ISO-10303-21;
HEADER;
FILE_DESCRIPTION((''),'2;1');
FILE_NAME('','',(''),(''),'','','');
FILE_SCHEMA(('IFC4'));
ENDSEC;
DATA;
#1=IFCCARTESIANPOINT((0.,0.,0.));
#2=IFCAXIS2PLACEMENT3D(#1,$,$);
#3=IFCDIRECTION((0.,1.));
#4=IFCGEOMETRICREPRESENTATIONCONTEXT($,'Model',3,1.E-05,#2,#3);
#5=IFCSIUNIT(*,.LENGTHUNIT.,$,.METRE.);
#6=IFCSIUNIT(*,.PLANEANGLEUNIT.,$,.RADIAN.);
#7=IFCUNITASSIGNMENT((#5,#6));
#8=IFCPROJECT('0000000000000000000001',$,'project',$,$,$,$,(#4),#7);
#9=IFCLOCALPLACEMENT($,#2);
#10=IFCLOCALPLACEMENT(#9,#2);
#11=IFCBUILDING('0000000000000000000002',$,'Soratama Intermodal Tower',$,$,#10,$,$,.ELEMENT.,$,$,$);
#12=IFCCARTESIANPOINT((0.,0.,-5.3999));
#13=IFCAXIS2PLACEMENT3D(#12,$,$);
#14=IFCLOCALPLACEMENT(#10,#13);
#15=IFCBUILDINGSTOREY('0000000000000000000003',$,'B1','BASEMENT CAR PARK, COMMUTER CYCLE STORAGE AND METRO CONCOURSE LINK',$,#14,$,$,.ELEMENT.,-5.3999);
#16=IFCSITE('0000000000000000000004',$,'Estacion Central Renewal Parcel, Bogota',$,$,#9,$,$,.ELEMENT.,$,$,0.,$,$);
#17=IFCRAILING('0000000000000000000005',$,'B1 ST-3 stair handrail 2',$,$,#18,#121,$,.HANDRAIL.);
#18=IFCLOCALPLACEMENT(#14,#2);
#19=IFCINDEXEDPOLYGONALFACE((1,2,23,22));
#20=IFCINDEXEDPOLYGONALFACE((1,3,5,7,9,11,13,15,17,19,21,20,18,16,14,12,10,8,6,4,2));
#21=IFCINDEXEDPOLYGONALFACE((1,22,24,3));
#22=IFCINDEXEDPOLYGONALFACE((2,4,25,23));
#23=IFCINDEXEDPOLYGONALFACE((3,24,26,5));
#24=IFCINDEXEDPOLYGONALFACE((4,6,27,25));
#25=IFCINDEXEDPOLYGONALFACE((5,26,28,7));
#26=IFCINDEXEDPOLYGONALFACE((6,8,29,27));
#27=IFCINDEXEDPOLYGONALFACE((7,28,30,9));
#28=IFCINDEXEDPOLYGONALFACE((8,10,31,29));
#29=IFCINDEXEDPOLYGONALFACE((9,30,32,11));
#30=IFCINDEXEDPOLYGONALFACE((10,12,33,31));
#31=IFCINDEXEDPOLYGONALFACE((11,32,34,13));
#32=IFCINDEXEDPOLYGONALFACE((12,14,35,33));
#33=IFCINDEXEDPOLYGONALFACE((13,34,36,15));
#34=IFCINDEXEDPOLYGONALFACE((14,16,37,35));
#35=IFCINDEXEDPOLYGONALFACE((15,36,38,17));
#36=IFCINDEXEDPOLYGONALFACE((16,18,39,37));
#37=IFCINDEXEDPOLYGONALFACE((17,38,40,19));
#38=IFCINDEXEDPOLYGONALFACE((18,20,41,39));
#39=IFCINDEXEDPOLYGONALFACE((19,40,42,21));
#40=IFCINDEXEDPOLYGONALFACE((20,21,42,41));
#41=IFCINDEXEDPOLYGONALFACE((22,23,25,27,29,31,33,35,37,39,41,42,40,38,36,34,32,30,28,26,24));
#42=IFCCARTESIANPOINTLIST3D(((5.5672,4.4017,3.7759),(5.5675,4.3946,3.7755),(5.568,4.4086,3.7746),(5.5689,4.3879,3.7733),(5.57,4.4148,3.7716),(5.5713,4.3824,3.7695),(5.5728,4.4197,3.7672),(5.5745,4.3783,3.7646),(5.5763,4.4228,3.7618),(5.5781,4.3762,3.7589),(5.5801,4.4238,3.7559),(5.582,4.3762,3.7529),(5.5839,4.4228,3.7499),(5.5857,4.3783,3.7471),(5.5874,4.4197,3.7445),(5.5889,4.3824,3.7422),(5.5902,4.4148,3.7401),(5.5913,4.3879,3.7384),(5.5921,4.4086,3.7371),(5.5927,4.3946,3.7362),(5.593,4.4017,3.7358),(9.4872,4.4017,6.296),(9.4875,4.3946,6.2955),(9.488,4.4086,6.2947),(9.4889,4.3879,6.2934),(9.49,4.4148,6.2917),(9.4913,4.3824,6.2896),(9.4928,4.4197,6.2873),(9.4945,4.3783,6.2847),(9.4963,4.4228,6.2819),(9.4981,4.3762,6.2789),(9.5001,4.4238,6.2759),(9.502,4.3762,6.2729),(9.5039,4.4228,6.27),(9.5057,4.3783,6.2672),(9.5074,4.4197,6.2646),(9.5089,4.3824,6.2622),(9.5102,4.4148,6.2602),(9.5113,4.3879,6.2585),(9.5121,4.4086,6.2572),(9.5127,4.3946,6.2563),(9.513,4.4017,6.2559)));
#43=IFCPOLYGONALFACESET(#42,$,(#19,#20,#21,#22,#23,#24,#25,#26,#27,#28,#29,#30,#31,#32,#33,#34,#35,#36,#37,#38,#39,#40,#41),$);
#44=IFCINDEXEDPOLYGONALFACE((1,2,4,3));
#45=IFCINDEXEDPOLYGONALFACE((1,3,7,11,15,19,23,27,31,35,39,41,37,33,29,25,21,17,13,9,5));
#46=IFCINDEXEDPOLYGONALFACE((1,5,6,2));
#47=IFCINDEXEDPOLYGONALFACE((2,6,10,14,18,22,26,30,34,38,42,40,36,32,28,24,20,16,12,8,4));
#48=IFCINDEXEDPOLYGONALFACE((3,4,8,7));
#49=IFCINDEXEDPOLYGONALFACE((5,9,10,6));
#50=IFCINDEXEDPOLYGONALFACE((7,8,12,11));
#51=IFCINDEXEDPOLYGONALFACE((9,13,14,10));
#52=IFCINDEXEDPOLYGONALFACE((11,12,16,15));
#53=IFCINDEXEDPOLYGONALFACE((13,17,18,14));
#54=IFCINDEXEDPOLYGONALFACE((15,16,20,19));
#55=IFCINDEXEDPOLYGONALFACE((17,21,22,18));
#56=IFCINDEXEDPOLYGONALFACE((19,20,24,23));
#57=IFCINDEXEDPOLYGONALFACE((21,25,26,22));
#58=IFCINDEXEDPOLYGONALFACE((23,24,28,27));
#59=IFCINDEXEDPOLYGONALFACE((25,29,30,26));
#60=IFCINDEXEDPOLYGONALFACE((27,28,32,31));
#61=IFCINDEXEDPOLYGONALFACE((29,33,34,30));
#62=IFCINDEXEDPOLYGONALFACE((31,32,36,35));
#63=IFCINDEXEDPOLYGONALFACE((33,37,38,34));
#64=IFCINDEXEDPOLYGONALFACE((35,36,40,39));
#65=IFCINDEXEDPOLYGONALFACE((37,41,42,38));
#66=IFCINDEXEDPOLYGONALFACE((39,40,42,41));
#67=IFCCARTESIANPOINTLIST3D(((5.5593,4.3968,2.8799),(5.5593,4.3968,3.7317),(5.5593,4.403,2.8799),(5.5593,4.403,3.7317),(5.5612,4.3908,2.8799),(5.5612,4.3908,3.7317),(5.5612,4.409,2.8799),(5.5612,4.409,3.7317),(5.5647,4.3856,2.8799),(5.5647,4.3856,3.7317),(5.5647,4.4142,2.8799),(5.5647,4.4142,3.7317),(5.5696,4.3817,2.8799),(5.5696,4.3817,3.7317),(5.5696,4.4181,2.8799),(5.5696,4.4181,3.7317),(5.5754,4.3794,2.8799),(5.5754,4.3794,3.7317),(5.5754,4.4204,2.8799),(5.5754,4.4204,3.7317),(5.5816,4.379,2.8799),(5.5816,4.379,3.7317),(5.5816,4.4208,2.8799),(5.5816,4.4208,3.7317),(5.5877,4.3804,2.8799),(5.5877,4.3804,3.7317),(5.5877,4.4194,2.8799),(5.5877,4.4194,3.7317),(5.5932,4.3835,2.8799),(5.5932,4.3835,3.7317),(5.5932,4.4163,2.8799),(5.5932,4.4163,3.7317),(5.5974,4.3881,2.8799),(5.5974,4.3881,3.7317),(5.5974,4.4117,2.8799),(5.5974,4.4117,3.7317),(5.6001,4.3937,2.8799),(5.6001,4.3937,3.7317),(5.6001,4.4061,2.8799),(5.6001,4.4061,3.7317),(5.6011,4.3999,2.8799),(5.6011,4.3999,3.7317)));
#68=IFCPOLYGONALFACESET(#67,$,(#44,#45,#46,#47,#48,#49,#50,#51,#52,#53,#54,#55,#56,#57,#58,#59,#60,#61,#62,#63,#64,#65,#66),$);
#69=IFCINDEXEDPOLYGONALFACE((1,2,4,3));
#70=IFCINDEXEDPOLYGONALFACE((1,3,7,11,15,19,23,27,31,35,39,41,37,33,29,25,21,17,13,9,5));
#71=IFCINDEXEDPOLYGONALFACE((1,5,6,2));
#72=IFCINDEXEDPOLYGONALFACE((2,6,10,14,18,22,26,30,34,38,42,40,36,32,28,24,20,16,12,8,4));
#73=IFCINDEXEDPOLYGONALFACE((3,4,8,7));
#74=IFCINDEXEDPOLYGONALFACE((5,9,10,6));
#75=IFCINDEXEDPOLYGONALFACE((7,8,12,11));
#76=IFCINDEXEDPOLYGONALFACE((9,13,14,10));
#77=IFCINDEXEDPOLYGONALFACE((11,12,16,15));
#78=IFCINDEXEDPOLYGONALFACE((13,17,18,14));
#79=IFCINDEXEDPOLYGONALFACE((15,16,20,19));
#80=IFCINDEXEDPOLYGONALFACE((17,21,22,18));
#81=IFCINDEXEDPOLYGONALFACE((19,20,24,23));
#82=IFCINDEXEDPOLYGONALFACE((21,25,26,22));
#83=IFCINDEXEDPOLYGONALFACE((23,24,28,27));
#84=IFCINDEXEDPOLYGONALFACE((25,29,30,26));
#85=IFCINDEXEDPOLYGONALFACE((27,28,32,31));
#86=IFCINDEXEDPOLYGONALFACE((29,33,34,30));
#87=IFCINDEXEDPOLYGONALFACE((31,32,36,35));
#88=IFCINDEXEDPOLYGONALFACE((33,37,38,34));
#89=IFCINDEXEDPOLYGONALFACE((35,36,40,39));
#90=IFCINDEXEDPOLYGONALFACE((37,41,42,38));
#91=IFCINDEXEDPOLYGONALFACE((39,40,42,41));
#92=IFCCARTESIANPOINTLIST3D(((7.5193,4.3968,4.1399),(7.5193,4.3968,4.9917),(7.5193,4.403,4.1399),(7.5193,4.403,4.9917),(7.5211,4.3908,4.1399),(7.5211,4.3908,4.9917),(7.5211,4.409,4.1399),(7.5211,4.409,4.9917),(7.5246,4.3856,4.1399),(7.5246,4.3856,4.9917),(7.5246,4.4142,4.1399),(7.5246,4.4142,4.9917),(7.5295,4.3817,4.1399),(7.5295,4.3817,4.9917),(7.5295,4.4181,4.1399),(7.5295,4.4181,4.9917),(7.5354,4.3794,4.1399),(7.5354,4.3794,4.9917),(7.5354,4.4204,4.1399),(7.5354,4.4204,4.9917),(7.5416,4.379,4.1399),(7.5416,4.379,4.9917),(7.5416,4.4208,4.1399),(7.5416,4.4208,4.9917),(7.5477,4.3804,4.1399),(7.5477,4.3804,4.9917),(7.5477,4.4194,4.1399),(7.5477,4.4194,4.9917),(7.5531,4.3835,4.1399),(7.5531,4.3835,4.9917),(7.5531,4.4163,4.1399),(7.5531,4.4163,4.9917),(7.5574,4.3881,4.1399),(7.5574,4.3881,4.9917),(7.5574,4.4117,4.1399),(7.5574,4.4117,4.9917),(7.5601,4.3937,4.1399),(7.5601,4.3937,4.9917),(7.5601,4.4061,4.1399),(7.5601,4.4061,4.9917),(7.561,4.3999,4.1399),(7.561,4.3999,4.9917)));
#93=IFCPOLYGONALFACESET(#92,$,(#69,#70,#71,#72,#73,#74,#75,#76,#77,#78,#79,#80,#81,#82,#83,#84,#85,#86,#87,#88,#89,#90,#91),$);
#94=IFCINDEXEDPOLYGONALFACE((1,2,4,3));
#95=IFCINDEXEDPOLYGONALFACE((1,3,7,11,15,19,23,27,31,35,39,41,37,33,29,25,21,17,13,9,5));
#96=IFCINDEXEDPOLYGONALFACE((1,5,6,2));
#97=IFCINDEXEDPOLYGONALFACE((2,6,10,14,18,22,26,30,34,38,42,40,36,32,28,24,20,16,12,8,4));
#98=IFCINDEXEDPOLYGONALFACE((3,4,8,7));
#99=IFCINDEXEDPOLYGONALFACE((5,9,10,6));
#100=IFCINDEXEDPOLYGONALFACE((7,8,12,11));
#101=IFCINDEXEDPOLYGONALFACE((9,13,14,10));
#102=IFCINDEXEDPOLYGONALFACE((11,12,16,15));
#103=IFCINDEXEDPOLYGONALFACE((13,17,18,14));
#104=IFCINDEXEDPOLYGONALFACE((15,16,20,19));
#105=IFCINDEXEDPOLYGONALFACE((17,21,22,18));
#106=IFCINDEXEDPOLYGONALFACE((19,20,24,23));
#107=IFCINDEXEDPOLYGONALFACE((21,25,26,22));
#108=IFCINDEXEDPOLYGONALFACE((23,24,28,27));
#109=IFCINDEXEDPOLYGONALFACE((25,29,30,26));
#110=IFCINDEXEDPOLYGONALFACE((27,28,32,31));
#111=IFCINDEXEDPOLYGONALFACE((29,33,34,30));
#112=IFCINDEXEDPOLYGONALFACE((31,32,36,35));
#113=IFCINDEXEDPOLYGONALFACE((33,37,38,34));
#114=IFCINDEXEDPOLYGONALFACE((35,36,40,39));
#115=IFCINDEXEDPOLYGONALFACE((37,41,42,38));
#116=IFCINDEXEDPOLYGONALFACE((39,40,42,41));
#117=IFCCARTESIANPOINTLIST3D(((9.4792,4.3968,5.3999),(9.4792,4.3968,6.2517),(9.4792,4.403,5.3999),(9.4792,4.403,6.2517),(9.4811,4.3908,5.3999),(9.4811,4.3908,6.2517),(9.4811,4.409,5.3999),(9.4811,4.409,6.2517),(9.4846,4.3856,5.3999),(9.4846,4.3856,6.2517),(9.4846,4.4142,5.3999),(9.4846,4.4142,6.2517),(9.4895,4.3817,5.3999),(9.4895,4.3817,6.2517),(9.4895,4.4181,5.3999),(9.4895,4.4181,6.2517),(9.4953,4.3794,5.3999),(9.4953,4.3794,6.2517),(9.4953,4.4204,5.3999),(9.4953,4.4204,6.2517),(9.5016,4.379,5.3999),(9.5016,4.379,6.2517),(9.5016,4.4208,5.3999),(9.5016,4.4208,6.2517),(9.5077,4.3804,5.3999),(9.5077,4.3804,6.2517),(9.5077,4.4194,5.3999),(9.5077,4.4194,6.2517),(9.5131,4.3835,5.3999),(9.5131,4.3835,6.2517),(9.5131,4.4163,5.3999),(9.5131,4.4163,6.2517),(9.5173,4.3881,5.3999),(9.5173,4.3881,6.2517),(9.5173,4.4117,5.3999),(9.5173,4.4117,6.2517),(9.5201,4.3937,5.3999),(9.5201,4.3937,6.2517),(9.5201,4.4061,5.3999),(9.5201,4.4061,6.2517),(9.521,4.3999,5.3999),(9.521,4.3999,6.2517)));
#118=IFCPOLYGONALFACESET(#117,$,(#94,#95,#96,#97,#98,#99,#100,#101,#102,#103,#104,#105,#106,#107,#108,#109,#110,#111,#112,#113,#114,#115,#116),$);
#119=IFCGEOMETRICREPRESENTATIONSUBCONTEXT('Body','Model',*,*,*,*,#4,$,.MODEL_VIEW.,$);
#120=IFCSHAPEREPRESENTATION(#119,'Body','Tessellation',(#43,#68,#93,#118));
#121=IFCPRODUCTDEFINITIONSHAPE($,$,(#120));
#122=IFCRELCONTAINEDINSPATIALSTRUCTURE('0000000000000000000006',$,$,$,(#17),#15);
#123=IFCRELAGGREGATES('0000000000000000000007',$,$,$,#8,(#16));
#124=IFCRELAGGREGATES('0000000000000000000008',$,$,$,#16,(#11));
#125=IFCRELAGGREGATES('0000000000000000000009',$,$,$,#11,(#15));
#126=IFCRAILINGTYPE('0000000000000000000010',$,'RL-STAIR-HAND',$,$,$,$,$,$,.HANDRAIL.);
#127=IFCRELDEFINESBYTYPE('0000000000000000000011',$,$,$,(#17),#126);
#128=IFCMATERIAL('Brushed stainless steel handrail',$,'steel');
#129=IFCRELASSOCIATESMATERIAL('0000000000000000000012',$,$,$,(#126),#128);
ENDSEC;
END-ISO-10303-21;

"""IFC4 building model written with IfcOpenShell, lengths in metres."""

from ifc_helpers import new_model, si_unit, direction, frame, origin, origin_2d, place, context, subcontext, project, spatial, circle, extrude, material, type_object, element, save


model = new_model("IFC4")

# Units and contexts
model_context = context("Model", 3, precision=1e-05, world=origin(), true_north=direction((0.0, 1.0)))
body_context = subcontext(model_context, "Body", "Model", "MODEL_VIEW")
ifc_project = project(units=[si_unit("LENGTHUNIT", "METRE"), si_unit("PLANEANGLEUNIT", "RADIAN")], contexts=[model_context])

# Site, building, storey
site_placement = place(None, origin())
site = spatial("IfcSite", under=ifc_project, at=site_placement, Name="Estacion Central Renewal Parcel, Bogota", CompositionType="ELEMENT", RefElevation=0.0)
building_placement = place(site_placement, origin())
building = spatial("IfcBuilding", under=site, at=building_placement, Name="Soratama Intermodal Tower", CompositionType="ELEMENT")
storey_placement = place(building_placement, frame((0.0, 0.0, -5.3999)))
storey = spatial("IfcBuildingStorey", under=building, at=storey_placement, Name="B1", Description="BASEMENT CAR PARK, COMMUTER CYCLE STORAGE AND METRO CONCOURSE LINK", CompositionType="ELEMENT", Elevation=-5.3999)

# Railing
ifc_material_1 = material(Name="Brushed stainless steel handrail", Category="steel")
railing_type_1 = type_object("IfcRailingType", Name="RL-STAIR-HAND", PredefinedType="HANDRAIL", material=ifc_material_1)
railing_1_placement = place(storey_placement, frame((5.5801, 4.3999, 2.8799)))
element("IfcRailing", 1, at=railing_1_placement, inside=storey, type_object=railing_type_1, Name="B1 ST-3 stair handrail 2", PredefinedType="HANDRAIL", context=body_context, shape_type="SweptSolid", body=[
    extrude(circle(Radius=0.0239, at=origin_2d()), frame((0.0, 0.0, 0.876), z_axis=(0.841172, 0.0, 0.540768), x_axis=(0.0, 1.0, 0.0)), (0.0, 0.0, 1.0), 4.6602),
    extrude(circle(Radius=0.021, at=origin_2d()), origin(), (0.0, 0.0, 1.0), 0.8518),
    extrude(circle(Radius=0.021, at=origin_2d()), frame((1.96, 0.0, 1.26)), (0.0, 0.0, 1.0), 0.8518),
    extrude(circle(Radius=0.021, at=origin_2d()), frame((3.9199, 0.0, 2.52)), (0.0, 0.0, 1.0), 0.8518),
])

save(model, "model.ifc")
